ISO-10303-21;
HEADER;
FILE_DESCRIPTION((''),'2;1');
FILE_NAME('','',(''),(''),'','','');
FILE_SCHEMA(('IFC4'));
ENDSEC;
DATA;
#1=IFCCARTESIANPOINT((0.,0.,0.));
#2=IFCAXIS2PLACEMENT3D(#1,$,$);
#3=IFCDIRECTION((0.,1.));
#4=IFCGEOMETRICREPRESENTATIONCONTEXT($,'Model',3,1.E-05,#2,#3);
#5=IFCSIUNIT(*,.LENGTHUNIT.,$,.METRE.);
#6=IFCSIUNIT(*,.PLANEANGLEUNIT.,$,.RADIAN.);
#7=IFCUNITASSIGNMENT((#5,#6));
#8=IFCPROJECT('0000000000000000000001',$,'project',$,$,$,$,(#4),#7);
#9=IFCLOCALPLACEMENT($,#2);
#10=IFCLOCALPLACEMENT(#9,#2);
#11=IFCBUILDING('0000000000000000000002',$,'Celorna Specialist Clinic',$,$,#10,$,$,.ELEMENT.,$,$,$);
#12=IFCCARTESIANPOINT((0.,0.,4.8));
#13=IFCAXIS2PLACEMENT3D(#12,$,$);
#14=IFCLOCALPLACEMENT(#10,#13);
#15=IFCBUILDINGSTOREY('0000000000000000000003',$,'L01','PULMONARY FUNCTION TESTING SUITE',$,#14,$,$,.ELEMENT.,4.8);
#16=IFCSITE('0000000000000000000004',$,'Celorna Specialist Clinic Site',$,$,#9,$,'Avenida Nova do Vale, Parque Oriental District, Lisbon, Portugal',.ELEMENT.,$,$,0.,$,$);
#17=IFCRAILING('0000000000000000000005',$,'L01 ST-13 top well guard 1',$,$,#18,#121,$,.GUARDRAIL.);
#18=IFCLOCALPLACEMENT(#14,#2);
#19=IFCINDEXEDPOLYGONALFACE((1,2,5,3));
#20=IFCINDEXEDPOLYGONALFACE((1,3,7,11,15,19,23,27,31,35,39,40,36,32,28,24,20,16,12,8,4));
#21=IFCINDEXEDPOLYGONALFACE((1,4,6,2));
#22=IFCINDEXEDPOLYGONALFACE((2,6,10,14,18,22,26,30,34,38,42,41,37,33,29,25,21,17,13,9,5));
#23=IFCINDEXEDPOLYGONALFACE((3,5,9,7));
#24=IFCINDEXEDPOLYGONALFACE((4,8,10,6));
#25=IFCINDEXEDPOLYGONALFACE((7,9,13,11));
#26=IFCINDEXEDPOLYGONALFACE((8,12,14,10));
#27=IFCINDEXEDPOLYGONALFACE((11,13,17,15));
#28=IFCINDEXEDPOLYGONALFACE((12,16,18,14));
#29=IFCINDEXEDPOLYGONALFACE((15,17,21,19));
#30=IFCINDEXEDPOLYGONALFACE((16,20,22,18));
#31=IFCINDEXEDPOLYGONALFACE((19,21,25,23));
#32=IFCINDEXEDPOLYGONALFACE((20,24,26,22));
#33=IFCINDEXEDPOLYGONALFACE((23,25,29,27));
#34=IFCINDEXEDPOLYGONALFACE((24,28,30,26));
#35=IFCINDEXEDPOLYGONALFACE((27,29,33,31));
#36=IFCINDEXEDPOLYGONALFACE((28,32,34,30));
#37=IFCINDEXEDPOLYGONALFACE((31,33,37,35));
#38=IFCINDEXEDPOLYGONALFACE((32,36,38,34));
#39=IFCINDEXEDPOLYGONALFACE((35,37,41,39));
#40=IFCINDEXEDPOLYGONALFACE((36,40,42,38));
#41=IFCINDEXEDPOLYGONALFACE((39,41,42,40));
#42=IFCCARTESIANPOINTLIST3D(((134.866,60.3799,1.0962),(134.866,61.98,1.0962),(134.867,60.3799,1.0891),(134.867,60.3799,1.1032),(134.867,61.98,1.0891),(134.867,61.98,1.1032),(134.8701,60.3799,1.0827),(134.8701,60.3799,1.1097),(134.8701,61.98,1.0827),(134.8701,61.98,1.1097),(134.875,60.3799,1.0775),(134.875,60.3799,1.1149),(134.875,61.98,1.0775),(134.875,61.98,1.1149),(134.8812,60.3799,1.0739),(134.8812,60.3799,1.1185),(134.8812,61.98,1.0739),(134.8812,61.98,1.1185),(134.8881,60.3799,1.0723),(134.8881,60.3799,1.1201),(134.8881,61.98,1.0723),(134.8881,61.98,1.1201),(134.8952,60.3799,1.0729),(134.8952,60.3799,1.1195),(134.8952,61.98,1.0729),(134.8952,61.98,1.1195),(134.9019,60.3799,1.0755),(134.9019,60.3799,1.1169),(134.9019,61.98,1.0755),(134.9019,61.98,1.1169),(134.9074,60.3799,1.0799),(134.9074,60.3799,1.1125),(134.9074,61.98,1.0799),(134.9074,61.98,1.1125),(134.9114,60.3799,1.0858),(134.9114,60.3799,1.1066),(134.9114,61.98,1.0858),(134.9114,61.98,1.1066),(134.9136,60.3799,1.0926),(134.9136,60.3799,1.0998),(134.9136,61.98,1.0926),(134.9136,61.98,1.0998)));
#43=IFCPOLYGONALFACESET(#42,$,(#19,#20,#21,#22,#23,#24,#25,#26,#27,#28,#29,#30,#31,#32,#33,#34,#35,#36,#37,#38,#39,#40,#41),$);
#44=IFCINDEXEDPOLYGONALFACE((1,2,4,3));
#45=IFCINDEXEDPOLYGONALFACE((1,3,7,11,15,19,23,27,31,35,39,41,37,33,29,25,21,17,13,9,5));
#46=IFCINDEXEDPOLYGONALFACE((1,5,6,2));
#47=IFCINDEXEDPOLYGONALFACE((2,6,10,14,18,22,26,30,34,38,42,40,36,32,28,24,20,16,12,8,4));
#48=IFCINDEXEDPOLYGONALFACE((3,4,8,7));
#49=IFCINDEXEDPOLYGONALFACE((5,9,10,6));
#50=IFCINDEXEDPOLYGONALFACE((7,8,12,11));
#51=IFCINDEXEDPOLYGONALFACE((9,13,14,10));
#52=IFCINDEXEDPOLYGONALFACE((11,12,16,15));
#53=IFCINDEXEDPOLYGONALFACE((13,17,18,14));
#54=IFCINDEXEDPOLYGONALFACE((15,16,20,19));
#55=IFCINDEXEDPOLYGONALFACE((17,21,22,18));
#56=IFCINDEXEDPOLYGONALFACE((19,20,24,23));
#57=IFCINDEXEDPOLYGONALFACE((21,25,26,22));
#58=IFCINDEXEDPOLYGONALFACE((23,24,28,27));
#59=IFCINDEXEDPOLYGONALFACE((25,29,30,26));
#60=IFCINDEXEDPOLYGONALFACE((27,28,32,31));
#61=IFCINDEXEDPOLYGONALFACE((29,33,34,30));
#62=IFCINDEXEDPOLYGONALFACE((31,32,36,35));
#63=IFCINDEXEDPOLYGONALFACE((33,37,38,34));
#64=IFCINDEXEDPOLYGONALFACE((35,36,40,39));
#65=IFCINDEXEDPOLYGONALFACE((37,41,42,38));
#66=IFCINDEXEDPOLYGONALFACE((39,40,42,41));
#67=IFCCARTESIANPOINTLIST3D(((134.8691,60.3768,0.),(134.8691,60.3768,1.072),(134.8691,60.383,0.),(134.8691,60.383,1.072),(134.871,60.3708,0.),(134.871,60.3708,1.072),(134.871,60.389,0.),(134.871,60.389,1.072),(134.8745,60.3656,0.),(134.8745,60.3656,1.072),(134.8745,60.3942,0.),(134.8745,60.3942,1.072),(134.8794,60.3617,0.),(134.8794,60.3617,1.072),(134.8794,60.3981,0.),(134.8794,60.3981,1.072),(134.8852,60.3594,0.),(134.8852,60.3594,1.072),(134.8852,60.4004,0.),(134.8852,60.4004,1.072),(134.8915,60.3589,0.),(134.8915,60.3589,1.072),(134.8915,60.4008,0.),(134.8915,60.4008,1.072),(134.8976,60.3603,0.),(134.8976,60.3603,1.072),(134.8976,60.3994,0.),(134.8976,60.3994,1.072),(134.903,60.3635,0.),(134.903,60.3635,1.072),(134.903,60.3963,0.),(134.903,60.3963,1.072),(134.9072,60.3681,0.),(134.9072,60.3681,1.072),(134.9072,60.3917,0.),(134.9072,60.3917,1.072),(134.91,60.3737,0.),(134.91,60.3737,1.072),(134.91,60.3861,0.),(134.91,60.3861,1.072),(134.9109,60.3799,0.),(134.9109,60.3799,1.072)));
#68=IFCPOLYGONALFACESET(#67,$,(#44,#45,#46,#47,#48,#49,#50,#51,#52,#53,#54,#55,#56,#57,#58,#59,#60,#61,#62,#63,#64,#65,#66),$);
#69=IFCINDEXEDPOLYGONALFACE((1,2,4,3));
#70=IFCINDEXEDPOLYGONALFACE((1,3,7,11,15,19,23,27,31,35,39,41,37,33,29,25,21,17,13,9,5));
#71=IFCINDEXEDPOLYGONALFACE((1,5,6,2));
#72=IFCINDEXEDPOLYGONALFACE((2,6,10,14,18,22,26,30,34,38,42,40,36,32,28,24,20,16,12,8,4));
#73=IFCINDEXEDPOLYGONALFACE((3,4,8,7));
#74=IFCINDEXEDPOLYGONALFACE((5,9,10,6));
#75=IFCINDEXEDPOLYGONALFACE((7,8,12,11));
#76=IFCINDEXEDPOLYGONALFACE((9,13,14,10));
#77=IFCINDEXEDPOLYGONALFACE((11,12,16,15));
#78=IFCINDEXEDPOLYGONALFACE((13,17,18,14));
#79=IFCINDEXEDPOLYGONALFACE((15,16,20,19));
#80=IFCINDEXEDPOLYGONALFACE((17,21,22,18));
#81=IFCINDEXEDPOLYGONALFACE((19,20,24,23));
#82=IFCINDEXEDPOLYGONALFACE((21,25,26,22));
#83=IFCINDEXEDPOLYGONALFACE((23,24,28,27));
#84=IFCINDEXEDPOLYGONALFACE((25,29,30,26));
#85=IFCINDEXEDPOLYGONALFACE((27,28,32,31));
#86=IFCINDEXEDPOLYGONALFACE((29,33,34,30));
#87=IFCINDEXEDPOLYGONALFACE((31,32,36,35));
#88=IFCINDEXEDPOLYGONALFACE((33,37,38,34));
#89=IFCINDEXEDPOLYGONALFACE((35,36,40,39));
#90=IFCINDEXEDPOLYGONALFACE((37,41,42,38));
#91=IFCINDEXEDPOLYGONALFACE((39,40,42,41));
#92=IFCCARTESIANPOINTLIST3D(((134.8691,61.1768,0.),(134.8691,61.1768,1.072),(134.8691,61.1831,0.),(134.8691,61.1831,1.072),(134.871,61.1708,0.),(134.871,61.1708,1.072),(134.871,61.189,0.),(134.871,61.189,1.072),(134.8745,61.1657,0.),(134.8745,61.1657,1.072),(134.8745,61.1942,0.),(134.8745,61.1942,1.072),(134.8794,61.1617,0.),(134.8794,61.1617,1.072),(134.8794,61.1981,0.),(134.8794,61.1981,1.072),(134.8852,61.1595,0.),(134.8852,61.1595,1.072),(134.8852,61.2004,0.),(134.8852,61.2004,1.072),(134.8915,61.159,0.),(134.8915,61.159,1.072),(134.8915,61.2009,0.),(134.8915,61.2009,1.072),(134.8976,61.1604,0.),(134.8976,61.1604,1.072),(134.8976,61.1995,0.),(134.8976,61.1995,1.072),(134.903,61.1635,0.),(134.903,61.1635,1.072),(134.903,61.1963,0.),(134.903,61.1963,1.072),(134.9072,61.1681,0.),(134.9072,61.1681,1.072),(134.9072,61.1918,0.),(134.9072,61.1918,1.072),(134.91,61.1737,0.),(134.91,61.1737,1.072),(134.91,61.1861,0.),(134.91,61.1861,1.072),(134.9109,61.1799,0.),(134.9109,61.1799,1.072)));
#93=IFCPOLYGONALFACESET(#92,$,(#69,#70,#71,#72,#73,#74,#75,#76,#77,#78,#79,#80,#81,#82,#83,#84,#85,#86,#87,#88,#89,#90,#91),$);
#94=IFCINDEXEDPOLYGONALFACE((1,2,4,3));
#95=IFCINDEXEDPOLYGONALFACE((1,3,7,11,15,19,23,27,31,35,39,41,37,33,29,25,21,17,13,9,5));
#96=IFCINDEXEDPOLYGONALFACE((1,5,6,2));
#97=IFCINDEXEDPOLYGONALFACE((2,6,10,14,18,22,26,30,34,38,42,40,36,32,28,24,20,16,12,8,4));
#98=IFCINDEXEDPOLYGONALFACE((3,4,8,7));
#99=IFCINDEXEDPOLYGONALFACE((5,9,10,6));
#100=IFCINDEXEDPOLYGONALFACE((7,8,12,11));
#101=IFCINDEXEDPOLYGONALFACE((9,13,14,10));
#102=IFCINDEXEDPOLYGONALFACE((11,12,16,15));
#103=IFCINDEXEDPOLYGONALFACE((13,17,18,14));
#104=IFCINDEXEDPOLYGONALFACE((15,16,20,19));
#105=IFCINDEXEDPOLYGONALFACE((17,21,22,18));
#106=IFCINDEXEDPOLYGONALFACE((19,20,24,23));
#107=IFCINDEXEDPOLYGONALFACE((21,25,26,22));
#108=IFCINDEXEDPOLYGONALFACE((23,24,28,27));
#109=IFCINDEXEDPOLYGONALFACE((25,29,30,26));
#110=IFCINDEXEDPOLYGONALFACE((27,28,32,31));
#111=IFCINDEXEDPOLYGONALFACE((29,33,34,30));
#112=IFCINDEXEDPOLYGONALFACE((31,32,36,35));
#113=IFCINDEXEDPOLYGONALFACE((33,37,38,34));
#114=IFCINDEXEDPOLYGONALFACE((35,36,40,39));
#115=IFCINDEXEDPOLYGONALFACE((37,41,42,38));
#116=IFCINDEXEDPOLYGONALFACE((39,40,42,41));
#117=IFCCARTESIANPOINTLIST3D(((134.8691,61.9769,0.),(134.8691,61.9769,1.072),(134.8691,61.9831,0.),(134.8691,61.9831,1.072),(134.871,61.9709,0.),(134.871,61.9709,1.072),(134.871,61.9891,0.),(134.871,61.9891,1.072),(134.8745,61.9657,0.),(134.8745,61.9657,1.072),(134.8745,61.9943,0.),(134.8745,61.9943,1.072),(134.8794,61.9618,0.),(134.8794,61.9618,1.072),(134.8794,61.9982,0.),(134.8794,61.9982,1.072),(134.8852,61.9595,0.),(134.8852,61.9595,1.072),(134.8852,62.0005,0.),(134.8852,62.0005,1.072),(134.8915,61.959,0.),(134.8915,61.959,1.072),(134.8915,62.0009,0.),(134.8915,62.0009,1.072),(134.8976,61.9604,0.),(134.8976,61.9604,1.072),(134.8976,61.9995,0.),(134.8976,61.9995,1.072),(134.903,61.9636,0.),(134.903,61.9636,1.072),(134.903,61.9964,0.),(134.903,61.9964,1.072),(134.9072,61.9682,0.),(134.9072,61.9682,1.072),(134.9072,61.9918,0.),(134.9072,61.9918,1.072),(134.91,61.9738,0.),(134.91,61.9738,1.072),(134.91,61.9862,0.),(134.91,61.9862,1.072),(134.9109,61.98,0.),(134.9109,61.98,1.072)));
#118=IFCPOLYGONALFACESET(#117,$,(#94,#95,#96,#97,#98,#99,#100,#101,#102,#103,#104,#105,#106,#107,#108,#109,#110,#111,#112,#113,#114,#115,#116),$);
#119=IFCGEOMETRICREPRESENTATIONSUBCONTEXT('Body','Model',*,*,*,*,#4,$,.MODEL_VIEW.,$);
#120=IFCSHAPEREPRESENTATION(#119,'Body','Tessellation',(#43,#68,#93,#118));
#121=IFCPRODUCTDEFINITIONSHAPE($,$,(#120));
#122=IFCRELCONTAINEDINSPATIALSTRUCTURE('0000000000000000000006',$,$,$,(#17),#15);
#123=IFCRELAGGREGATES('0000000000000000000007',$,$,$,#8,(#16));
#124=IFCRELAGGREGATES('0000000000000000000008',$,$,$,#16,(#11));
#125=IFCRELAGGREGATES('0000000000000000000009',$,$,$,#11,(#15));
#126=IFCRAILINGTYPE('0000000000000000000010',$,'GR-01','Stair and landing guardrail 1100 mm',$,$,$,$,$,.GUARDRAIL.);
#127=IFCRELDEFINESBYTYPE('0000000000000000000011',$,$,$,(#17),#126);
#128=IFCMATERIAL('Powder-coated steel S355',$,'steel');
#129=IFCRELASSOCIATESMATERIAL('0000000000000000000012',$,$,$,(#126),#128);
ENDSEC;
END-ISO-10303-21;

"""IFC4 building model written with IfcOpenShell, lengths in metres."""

from ifc_helpers import new_model, si_unit, direction, frame, origin, origin_2d, place, context, subcontext, project, spatial, circle, extrude, material, type_object, element, save


model = new_model("IFC4")

# Units and contexts
model_context = context("Model", 3, precision=1e-05, world=origin(), true_north=direction((0.0, 1.0)))
body_context = subcontext(model_context, "Body", "Model", "MODEL_VIEW")
ifc_project = project(units=[si_unit("LENGTHUNIT", "METRE"), si_unit("PLANEANGLEUNIT", "RADIAN")], contexts=[model_context])

# Site, building, storey
site_placement = place(None, origin())
site = spatial("IfcSite", under=ifc_project, at=site_placement, Name="Celorna Specialist Clinic Site", LongName="Avenida Nova do Vale, Parque Oriental District, Lisbon, Portugal", CompositionType="ELEMENT", RefElevation=0.0)
building_placement = place(site_placement, origin())
building = spatial("IfcBuilding", under=site, at=building_placement, Name="Celorna Specialist Clinic", CompositionType="ELEMENT")
storey_placement = place(building_placement, frame((0.0, 0.0, 4.8)))
storey = spatial("IfcBuildingStorey", under=building, at=storey_placement, Name="L01", Description="PULMONARY FUNCTION TESTING SUITE", CompositionType="ELEMENT", Elevation=4.8)

# Railing
ifc_material_1 = material(Name="Powder-coated steel S355", Category="steel")
railing_type_1 = type_object("IfcRailingType", Name="GR-01", Description="Stair and landing guardrail 1100 mm", PredefinedType="GUARDRAIL", material=ifc_material_1)
railing_1_placement = place(storey_placement, frame((134.8899, 60.3799, 0.0)))
element("IfcRailing", 1, at=railing_1_placement, inside=storey, type_object=railing_type_1, Name="L01 ST-13 top well guard 1", PredefinedType="GUARDRAIL", context=body_context, shape_type="SweptSolid", body=[
    extrude(circle(Radius=0.0239, at=origin_2d()), frame((0.0, 0.0, 1.0962), z_axis=(0.0, 1.0, 0.0), x_axis=(-1.0, 0.0, 0.0)), (0.0, 0.0, 1.0), 1.6001),
    extrude(circle(Radius=0.021, at=origin_2d()), origin(), (0.0, 0.0, 1.0), 1.072),
    extrude(circle(Radius=0.021, at=origin_2d()), frame((0.0, 0.8, 0.0)), (0.0, 0.0, 1.0), 1.072),
    extrude(circle(Radius=0.021, at=origin_2d()), frame((0.0, 1.6001, 0.0)), (0.0, 0.0, 1.0), 1.072),
])

save(model, "model.ifc")
